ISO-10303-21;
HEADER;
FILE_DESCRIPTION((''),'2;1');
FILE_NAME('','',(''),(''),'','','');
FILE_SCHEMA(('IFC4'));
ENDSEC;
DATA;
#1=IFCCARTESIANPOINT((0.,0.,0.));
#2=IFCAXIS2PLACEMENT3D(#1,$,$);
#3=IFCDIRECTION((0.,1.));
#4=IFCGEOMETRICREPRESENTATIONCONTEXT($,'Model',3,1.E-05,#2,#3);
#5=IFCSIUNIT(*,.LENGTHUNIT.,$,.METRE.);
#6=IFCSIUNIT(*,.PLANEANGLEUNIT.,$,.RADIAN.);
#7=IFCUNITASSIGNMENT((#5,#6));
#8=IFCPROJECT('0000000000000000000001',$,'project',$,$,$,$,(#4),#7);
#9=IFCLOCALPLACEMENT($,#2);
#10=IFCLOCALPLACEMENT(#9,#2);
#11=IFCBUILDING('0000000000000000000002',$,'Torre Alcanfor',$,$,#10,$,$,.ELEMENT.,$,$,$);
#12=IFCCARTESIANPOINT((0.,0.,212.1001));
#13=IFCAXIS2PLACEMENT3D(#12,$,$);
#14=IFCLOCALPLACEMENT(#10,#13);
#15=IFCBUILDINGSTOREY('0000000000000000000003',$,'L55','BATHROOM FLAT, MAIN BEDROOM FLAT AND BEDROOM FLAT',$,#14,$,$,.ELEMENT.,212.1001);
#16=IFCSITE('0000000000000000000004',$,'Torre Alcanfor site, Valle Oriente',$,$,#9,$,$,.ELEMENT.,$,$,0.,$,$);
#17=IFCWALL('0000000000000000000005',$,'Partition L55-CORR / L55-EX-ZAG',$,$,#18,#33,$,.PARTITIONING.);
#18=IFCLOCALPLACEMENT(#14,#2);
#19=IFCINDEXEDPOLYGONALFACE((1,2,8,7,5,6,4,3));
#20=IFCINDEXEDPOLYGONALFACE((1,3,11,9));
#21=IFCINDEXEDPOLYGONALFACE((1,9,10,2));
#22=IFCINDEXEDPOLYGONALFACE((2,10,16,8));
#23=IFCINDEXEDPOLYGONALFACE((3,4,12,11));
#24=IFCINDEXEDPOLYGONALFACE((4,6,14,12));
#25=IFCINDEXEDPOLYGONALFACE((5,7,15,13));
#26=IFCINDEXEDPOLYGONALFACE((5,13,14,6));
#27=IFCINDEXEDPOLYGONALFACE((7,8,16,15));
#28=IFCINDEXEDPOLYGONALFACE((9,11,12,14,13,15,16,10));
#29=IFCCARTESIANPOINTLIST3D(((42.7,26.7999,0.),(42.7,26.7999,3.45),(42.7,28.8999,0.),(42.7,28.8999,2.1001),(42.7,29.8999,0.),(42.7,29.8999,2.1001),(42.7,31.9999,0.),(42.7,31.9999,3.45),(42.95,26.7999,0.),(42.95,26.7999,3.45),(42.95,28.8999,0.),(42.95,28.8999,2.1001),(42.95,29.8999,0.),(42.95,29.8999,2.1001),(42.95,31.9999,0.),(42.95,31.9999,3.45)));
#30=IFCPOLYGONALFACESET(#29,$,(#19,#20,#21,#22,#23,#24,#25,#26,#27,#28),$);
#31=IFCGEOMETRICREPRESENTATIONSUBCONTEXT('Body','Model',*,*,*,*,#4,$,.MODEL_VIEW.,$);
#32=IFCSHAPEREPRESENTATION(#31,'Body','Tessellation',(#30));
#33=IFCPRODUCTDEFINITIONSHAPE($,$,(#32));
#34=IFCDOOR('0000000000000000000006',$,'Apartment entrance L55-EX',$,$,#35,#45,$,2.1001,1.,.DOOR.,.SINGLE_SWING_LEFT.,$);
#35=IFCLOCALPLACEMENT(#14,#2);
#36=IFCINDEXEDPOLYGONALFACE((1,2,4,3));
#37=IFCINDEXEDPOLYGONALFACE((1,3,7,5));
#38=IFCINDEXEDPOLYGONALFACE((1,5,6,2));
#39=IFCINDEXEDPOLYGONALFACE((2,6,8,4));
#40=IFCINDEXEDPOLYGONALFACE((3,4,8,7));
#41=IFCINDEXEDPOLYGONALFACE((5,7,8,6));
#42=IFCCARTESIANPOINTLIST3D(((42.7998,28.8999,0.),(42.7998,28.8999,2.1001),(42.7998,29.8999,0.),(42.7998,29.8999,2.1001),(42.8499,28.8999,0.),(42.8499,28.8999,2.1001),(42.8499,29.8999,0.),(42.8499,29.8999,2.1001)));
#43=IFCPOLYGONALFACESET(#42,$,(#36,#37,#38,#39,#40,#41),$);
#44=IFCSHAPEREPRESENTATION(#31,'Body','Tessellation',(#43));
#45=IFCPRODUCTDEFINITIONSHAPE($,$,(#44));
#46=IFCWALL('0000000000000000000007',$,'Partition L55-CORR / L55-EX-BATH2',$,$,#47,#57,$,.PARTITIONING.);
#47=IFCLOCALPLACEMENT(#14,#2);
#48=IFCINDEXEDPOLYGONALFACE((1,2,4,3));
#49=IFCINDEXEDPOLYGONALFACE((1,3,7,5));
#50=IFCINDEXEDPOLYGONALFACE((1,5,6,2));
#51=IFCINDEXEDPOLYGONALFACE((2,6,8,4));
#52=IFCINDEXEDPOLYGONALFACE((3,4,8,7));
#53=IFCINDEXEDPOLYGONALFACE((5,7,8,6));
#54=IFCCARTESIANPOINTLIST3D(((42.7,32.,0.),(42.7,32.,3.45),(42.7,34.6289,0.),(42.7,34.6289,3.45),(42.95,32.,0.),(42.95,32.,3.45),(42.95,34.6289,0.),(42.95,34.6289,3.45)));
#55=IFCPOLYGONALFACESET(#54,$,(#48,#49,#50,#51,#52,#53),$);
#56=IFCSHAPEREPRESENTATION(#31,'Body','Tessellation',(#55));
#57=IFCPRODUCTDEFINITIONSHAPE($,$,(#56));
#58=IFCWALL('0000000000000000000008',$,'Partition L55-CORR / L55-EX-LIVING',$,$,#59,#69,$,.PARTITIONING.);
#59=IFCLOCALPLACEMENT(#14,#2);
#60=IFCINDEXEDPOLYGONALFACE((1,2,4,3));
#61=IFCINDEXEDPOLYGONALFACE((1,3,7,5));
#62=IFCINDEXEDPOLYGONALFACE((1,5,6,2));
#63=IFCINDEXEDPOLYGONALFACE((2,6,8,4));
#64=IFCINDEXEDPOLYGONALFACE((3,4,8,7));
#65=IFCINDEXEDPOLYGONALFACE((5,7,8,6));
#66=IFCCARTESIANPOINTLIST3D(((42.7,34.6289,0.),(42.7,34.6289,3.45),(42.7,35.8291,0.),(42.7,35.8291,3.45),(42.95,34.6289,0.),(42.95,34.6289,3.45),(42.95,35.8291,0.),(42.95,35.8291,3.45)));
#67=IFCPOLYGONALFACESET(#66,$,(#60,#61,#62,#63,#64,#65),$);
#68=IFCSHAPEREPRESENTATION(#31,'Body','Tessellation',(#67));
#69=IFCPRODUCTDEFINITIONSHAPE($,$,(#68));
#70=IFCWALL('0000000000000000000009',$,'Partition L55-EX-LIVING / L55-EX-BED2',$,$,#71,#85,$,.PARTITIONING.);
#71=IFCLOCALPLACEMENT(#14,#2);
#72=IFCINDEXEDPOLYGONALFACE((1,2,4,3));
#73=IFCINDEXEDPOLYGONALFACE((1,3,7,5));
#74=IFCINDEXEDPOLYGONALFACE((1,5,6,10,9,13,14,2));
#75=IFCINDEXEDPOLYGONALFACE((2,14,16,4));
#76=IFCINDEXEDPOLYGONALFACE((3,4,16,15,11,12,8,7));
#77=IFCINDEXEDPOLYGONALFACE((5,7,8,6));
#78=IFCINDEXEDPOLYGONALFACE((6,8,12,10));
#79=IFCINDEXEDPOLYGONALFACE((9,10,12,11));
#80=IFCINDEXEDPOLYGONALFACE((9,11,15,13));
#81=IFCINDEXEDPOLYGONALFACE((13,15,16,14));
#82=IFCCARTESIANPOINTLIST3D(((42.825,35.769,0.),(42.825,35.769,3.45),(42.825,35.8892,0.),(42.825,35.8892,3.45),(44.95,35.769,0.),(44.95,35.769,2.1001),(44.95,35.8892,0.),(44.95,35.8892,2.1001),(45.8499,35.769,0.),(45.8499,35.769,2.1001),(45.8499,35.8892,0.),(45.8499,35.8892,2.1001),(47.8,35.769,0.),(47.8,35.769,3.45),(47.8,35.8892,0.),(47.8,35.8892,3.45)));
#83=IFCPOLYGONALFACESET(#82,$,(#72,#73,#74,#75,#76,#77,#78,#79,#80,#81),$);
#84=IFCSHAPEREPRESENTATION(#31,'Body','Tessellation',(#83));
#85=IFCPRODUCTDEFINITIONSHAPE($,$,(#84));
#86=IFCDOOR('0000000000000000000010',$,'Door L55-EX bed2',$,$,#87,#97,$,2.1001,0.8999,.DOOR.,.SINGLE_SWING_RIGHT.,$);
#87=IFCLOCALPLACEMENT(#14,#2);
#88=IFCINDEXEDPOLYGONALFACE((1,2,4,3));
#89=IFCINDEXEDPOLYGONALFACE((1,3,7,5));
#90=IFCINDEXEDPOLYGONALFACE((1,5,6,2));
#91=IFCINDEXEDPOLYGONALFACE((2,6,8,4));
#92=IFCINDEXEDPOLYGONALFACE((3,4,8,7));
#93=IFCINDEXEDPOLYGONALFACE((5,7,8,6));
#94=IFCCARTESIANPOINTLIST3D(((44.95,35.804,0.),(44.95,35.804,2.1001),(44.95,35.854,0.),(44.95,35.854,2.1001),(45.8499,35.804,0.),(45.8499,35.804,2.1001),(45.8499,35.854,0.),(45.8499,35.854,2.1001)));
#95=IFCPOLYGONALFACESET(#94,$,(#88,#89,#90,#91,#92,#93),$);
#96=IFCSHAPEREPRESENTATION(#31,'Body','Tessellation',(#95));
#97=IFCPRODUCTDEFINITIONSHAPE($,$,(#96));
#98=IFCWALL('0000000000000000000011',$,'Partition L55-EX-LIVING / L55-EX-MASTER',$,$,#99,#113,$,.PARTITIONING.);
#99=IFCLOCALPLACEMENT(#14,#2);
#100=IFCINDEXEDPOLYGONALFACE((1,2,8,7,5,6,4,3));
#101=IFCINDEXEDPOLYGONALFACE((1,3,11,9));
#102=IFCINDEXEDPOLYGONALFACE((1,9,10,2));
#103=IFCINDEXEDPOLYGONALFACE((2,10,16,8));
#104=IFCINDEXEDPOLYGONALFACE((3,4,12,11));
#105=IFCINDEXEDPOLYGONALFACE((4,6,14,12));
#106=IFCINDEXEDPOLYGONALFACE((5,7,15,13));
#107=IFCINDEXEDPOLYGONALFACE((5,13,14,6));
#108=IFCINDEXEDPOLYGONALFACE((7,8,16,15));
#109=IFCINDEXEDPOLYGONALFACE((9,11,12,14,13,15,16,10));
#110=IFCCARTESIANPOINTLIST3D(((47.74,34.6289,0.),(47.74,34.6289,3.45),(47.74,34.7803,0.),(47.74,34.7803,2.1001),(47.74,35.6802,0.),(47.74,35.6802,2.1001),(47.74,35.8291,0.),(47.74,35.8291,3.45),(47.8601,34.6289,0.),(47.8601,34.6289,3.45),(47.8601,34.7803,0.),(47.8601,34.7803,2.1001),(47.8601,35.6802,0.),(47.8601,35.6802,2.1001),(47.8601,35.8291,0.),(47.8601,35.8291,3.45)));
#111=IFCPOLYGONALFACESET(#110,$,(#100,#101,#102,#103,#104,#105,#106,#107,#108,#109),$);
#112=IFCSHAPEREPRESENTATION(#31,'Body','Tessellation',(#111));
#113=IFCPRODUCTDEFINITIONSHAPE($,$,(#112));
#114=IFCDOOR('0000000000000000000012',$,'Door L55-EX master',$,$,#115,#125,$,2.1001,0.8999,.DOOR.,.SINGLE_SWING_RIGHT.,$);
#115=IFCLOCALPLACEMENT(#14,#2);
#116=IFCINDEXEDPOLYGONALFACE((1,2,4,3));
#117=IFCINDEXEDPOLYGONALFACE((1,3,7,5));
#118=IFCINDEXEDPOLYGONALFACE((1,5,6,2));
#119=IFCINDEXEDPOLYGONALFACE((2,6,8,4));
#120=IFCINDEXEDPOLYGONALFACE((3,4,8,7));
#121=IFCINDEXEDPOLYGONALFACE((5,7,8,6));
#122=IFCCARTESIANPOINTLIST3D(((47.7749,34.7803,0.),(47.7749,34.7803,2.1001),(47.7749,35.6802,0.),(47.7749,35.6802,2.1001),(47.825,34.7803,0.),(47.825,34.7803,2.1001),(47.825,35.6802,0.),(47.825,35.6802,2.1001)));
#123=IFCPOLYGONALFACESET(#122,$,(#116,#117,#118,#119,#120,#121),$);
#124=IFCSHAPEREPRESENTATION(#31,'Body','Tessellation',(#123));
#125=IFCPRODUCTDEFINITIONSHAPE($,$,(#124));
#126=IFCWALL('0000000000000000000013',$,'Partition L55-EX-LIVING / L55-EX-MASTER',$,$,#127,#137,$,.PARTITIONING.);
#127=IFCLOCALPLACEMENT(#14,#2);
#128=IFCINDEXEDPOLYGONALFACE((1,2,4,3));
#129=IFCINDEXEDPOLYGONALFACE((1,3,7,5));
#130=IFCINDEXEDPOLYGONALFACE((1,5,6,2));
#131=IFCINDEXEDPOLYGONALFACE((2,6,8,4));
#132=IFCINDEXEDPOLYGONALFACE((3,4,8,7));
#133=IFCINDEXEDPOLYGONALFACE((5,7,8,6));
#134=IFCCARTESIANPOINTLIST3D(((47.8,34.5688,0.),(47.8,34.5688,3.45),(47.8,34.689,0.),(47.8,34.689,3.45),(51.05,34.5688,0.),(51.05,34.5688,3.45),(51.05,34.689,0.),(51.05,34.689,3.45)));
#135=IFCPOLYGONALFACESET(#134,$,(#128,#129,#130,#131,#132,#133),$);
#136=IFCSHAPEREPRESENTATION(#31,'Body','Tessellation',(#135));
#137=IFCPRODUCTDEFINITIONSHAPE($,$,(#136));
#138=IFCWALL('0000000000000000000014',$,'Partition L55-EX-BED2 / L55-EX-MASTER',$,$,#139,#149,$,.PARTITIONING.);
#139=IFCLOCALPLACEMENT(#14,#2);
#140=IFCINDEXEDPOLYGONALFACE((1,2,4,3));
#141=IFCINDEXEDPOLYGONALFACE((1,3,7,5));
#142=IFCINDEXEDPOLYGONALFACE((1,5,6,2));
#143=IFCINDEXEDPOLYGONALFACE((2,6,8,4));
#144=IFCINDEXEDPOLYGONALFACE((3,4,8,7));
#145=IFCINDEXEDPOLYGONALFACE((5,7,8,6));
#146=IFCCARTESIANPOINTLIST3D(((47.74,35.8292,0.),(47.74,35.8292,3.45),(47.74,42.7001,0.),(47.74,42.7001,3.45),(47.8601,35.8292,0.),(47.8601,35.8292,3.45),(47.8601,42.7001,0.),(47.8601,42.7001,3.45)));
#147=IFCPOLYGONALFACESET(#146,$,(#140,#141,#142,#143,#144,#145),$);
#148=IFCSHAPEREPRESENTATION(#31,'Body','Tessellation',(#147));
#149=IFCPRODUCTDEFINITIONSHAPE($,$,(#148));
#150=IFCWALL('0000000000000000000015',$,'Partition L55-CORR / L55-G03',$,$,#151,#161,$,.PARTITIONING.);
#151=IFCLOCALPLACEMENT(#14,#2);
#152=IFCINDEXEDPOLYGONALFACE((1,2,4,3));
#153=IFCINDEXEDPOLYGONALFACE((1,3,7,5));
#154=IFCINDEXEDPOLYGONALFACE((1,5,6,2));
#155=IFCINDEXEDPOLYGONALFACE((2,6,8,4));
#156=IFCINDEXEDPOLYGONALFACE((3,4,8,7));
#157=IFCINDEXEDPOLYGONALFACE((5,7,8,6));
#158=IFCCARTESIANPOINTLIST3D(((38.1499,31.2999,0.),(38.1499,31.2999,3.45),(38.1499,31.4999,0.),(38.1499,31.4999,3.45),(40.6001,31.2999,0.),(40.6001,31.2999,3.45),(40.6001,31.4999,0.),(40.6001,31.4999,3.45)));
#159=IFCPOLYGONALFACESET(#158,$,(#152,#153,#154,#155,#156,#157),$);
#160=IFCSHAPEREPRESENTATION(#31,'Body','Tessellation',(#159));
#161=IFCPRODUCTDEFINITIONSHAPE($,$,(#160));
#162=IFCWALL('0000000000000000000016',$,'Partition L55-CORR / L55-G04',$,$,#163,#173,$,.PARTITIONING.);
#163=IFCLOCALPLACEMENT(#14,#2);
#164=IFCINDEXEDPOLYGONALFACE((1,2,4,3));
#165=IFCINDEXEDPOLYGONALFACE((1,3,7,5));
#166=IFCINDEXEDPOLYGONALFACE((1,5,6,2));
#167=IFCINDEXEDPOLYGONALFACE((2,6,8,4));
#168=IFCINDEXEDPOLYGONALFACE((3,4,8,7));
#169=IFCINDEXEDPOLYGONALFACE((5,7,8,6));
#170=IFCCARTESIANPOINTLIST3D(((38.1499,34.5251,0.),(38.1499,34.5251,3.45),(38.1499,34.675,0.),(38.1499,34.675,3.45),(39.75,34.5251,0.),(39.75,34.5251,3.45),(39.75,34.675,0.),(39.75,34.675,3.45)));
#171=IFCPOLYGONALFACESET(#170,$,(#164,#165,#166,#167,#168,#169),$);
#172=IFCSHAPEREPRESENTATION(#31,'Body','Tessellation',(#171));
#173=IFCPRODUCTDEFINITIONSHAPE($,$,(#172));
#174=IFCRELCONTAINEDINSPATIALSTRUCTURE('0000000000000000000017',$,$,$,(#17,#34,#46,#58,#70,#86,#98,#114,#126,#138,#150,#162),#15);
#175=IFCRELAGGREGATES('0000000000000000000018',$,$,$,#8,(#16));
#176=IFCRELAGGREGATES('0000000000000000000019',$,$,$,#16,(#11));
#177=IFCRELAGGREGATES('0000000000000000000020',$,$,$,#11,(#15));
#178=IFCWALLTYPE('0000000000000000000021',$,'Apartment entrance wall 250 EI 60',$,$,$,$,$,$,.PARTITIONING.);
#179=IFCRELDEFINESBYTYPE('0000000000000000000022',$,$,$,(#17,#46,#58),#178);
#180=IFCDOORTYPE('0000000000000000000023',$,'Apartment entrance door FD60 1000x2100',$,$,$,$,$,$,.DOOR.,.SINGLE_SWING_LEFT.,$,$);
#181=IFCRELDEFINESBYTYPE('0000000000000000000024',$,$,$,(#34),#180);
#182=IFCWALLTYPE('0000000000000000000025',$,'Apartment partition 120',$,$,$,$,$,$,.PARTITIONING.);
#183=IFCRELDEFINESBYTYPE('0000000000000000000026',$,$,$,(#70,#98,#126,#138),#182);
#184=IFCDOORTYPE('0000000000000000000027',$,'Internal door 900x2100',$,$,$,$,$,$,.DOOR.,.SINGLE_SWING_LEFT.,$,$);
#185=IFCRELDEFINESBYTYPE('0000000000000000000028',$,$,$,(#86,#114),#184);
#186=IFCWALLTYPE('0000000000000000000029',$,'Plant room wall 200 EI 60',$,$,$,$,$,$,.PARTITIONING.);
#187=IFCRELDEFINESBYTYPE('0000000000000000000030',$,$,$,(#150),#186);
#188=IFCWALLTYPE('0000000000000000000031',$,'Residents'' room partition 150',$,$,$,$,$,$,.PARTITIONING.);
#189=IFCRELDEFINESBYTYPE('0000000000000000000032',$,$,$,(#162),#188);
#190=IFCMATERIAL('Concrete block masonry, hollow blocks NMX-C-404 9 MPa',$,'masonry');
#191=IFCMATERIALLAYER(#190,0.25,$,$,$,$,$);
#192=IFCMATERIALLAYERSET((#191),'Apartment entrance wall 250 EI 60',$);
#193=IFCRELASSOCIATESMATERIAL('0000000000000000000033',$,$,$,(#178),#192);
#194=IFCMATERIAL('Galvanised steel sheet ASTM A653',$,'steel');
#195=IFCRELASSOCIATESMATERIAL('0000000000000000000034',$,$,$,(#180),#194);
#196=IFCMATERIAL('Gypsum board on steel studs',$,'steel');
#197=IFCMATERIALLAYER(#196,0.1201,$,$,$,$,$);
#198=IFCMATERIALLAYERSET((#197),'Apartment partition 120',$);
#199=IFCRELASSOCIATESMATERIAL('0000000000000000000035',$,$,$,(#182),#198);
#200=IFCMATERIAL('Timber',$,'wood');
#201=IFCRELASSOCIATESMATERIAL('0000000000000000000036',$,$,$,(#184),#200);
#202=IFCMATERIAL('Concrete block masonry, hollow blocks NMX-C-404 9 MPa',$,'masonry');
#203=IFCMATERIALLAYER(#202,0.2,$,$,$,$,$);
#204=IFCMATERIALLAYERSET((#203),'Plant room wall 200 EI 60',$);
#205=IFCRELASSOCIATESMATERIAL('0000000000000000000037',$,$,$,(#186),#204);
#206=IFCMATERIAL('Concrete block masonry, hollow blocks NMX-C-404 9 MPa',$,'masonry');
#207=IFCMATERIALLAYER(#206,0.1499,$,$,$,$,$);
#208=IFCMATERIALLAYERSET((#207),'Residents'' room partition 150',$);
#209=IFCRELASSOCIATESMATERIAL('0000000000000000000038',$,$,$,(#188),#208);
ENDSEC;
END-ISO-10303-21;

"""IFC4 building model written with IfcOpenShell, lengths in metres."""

from ifc_helpers import new_model, si_unit, direction, frame, frame_2d, origin, place, context, subcontext, project, spatial, rectangle, extrude, material, layer, layer_set, type_object, element, fill, save


model = new_model("IFC4")

# Units and contexts
model_context = context("Model", 3, precision=1e-05, world=origin(), true_north=direction((0.0, 1.0)))
body_context = subcontext(model_context, "Body", "Model", "MODEL_VIEW")
ifc_project = project(units=[si_unit("LENGTHUNIT", "METRE"), si_unit("PLANEANGLEUNIT", "RADIAN")], contexts=[model_context])

# Site, building, storey
site_placement = place(None, origin())
site = spatial("IfcSite", under=ifc_project, at=site_placement, Name="Torre Alcanfor site, Valle Oriente", CompositionType="ELEMENT", RefElevation=0.0)
building_placement = place(site_placement, origin())
building = spatial("IfcBuilding", under=site, at=building_placement, Name="Torre Alcanfor", CompositionType="ELEMENT")
storey_placement = place(building_placement, frame((0.0, 0.0, 212.1001)))
storey = spatial("IfcBuildingStorey", under=building, at=storey_placement, Name="L55", Description="BATHROOM FLAT, MAIN BEDROOM FLAT AND BEDROOM FLAT", CompositionType="ELEMENT", Elevation=212.1001)

# Wall, opening, door
ifc_material_1 = material(Name="Concrete block masonry, hollow blocks NMX-C-404 9 MPa", Category="masonry")
ifc_layer_1 = layer(ifc_material_1, 0.25)
ifc_layer_set_1 = layer_set([ifc_layer_1], Name="Apartment entrance wall 250 EI 60")
wall_type_1 = type_object("IfcWallType", Name="Apartment entrance wall 250 EI 60", PredefinedType="PARTITIONING", material=ifc_layer_set_1)
wall_1_placement = place(storey_placement, frame((42.825, 32.0, 0.0), z_axis=(0.0, 0.0, 1.0), x_axis=(0.0, -1.0, 0.0)))
wall_1 = element("IfcWall", 1, at=wall_1_placement, inside=storey, type_object=wall_type_1, Name="Partition L55-CORR / L55-EX-ZAG", PredefinedType="PARTITIONING", context=body_context, shape_type="SweptSolid", body=[
    extrude(rectangle(XDim=5.2, YDim=0.25, at=frame_2d((2.6001, 0.0))), origin(), (0.0, 0.0, 1.0), 3.45),
])
opening_1_placement = place(wall_1_placement, frame((2.1001, 0.0, 0.0)))
opening_1 = element("IfcOpeningElement", 2, at=opening_1_placement, cuts=wall_1, PredefinedType="OPENING", context=body_context, shape_type="SweptSolid", body=[
    extrude(rectangle(XDim=1.0, YDim=2.1001, at=frame_2d((0.5, 1.05))), frame((0.0, 0.135, 0.0), z_axis=(0.0, -1.0, 0.0), x_axis=(1.0, 0.0, 0.0)), (0.0, 0.0, 1.0), 0.27),
])
ifc_material_2 = material(Name="Galvanised steel sheet ASTM A653", Category="steel")
door_type_1 = type_object("IfcDoorType", Name="Apartment entrance door FD60 1000x2100", OperationType="SINGLE_SWING_LEFT", PredefinedType="DOOR", material=ifc_material_2)
door_1_placement = place(opening_1_placement, origin())
door_1 = element("IfcDoor", 3, at=door_1_placement, inside=storey, type_object=door_type_1, Name="Apartment entrance L55-EX", OperationType="SINGLE_SWING_LEFT", OverallHeight=2.1001, OverallWidth=1.0, PredefinedType="DOOR", context=body_context, shape_type="SweptSolid", body=[
    extrude(rectangle(XDim=1.0, YDim=2.1001, at=frame_2d((0.5, 1.05))), frame((0.0, 0.0249, 0.0), z_axis=(0.0, -1.0, 0.0), x_axis=(1.0, 0.0, 0.0)), (0.0, 0.0, 1.0), 0.05),
])
fill(opening_1, door_1)

# Walls
wall_2_placement = place(storey_placement, frame((42.825, 34.6289, 0.0), z_axis=(0.0, 0.0, 1.0), x_axis=(0.0, -1.0, 0.0)))
element("IfcWall", 4, at=wall_2_placement, inside=storey, type_object=wall_type_1, Name="Partition L55-CORR / L55-EX-BATH2", PredefinedType="PARTITIONING", context=body_context, shape_type="SweptSolid", body=[
    extrude(rectangle(XDim=2.6289, YDim=0.25, at=frame_2d((1.3145, 0.0))), origin(), (0.0, 0.0, 1.0), 3.45),
])
wall_3_placement = place(storey_placement, frame((42.825, 35.8291, 0.0), z_axis=(0.0, 0.0, 1.0), x_axis=(0.0, -1.0, 0.0)))
element("IfcWall", 5, at=wall_3_placement, inside=storey, type_object=wall_type_1, Name="Partition L55-CORR / L55-EX-LIVING", PredefinedType="PARTITIONING", context=body_context, shape_type="SweptSolid", body=[
    extrude(rectangle(XDim=1.2002, YDim=0.25, at=frame_2d((0.6001, 0.0))), origin(), (0.0, 0.0, 1.0), 3.45),
])

# Walls, openings, doors
ifc_material_3 = material(Name="Gypsum board on steel studs", Category="steel")
ifc_layer_2 = layer(ifc_material_3, 0.1201)
ifc_layer_set_2 = layer_set([ifc_layer_2], Name="Apartment partition 120")
wall_type_2 = type_object("IfcWallType", Name="Apartment partition 120", PredefinedType="PARTITIONING", material=ifc_layer_set_2)
wall_4_placement = place(storey_placement, frame((42.825, 35.8291, 0.0), z_axis=(0.0, 0.0, 1.0), x_axis=(1.0, 0.0, 0.0)))
wall_4 = element("IfcWall", 6, at=wall_4_placement, inside=storey, type_object=wall_type_2, Name="Partition L55-EX-LIVING / L55-EX-BED2", PredefinedType="PARTITIONING", context=body_context, shape_type="SweptSolid", body=[
    extrude(rectangle(XDim=4.9751, YDim=0.1201, at=frame_2d((2.4875, 0.0))), origin(), (0.0, 0.0, 1.0), 3.45),
])
opening_2_placement = place(wall_4_placement, frame((2.125, 0.0, 0.0)))
opening_2 = element("IfcOpeningElement", 7, at=opening_2_placement, cuts=wall_4, PredefinedType="OPENING", context=body_context, shape_type="SweptSolid", body=[
    extrude(rectangle(XDim=0.8999, YDim=2.1001, at=frame_2d((0.45, 1.05))), frame((0.0, 0.0701, 0.0), z_axis=(0.0, -1.0, 0.0), x_axis=(1.0, 0.0, 0.0)), (0.0, 0.0, 1.0), 0.1401),
])
ifc_material_4 = material(Name="Timber", Category="wood")
door_type_2 = type_object("IfcDoorType", Name="Internal door 900x2100", OperationType="SINGLE_SWING_LEFT", PredefinedType="DOOR", material=ifc_material_4)
door_2_placement = place(opening_2_placement, origin())
door_2 = element("IfcDoor", 8, at=door_2_placement, inside=storey, type_object=door_type_2, Name="Door L55-EX bed2", OperationType="SINGLE_SWING_RIGHT", OverallHeight=2.1001, OverallWidth=0.8999, PredefinedType="DOOR", context=body_context, shape_type="SweptSolid", body=[
    extrude(rectangle(XDim=0.8999, YDim=2.1001, at=frame_2d((0.45, 1.05))), frame((0.0, 0.0249, 0.0), z_axis=(0.0, -1.0, 0.0), x_axis=(1.0, 0.0, 0.0)), (0.0, 0.0, 1.0), 0.05),
])
fill(opening_2, door_2)
wall_5_placement = place(storey_placement, frame((47.8, 35.8291, 0.0), z_axis=(0.0, 0.0, 1.0), x_axis=(0.0, -1.0, 0.0)))
wall_5 = element("IfcWall", 9, at=wall_5_placement, inside=storey, type_object=wall_type_2, Name="Partition L55-EX-LIVING / L55-EX-MASTER", PredefinedType="PARTITIONING", context=body_context, shape_type="SweptSolid", body=[
    extrude(rectangle(XDim=1.2002, YDim=0.1201, at=frame_2d((0.6001, 0.0))), origin(), (0.0, 0.0, 1.0), 3.45),
])
opening_3_placement = place(wall_5_placement, frame((0.1489, 0.0, 0.0)))
opening_3 = element("IfcOpeningElement", 10, at=opening_3_placement, cuts=wall_5, PredefinedType="OPENING", context=body_context, shape_type="SweptSolid", body=[
    extrude(rectangle(XDim=0.8999, YDim=2.1001, at=frame_2d((0.45, 1.05))), frame((0.0, 0.0701, 0.0), z_axis=(0.0, -1.0, 0.0), x_axis=(1.0, 0.0, 0.0)), (0.0, 0.0, 1.0), 0.1401),
])
door_3_placement = place(opening_3_placement, origin())
door_3 = element("IfcDoor", 11, at=door_3_placement, inside=storey, type_object=door_type_2, Name="Door L55-EX master", OperationType="SINGLE_SWING_RIGHT", OverallHeight=2.1001, OverallWidth=0.8999, PredefinedType="DOOR", context=body_context, shape_type="SweptSolid", body=[
    extrude(rectangle(XDim=0.8999, YDim=2.1001, at=frame_2d((0.45, 1.05))), frame((0.0, 0.0249, 0.0), z_axis=(0.0, -1.0, 0.0), x_axis=(1.0, 0.0, 0.0)), (0.0, 0.0, 1.0), 0.05),
])
fill(opening_3, door_3)

# Walls
wall_6_placement = place(storey_placement, frame((47.8, 34.6289, 0.0), z_axis=(0.0, 0.0, 1.0), x_axis=(1.0, 0.0, 0.0)))
element("IfcWall", 12, at=wall_6_placement, inside=storey, type_object=wall_type_2, Name="Partition L55-EX-LIVING / L55-EX-MASTER", PredefinedType="PARTITIONING", context=body_context, shape_type="SweptSolid", body=[
    extrude(rectangle(XDim=3.25, YDim=0.1201, at=frame_2d((1.625, 0.0))), origin(), (0.0, 0.0, 1.0), 3.45),
])
wall_7_placement = place(storey_placement, frame((47.8, 35.8291, 0.0), z_axis=(0.0, 0.0, 1.0), x_axis=(0.0, 1.0, 0.0)))
element("IfcWall", 13, at=wall_7_placement, inside=storey, type_object=wall_type_2, Name="Partition L55-EX-BED2 / L55-EX-MASTER", PredefinedType="PARTITIONING", context=body_context, shape_type="SweptSolid", body=[
    extrude(rectangle(XDim=6.8708, YDim=0.1201, at=frame_2d((3.4355, 0.0))), origin(), (0.0, 0.0, 1.0), 3.45),
])
ifc_material_5 = material(Name="Concrete block masonry, hollow blocks NMX-C-404 9 MPa", Category="masonry")
ifc_layer_3 = layer(ifc_material_5, 0.2)
ifc_layer_set_3 = layer_set([ifc_layer_3], Name="Plant room wall 200 EI 60")
wall_type_3 = type_object("IfcWallType", Name="Plant room wall 200 EI 60", PredefinedType="PARTITIONING", material=ifc_layer_set_3)
wall_8_placement = place(storey_placement, frame((40.6001, 31.3999, 0.0), z_axis=(0.0, 0.0, 1.0), x_axis=(-1.0, 0.0, 0.0)))
element("IfcWall", 14, at=wall_8_placement, inside=storey, type_object=wall_type_3, Name="Partition L55-CORR / L55-G03", PredefinedType="PARTITIONING", context=body_context, shape_type="SweptSolid", body=[
    extrude(rectangle(XDim=2.4502, YDim=0.2, at=frame_2d((1.2251, 0.0))), origin(), (0.0, 0.0, 1.0), 3.45),
])
ifc_material_6 = material(Name="Concrete block masonry, hollow blocks NMX-C-404 9 MPa", Category="masonry")
ifc_layer_4 = layer(ifc_material_6, 0.1499)
ifc_layer_set_4 = layer_set([ifc_layer_4], Name="Residents' room partition 150")
wall_type_4 = type_object("IfcWallType", Name="Residents' room partition 150", PredefinedType="PARTITIONING", material=ifc_layer_set_4)
wall_9_placement = place(storey_placement, frame((38.1499, 34.6001, 0.0), z_axis=(0.0, 0.0, 1.0), x_axis=(1.0, 0.0, 0.0)))
element("IfcWall", 15, at=wall_9_placement, inside=storey, type_object=wall_type_4, Name="Partition L55-CORR / L55-G04", PredefinedType="PARTITIONING", context=body_context, shape_type="SweptSolid", body=[
    extrude(rectangle(XDim=1.6001, YDim=0.1499, at=frame_2d((0.8, 0.0))), origin(), (0.0, 0.0, 1.0), 3.45),
])

save(model, "model.ifc")
